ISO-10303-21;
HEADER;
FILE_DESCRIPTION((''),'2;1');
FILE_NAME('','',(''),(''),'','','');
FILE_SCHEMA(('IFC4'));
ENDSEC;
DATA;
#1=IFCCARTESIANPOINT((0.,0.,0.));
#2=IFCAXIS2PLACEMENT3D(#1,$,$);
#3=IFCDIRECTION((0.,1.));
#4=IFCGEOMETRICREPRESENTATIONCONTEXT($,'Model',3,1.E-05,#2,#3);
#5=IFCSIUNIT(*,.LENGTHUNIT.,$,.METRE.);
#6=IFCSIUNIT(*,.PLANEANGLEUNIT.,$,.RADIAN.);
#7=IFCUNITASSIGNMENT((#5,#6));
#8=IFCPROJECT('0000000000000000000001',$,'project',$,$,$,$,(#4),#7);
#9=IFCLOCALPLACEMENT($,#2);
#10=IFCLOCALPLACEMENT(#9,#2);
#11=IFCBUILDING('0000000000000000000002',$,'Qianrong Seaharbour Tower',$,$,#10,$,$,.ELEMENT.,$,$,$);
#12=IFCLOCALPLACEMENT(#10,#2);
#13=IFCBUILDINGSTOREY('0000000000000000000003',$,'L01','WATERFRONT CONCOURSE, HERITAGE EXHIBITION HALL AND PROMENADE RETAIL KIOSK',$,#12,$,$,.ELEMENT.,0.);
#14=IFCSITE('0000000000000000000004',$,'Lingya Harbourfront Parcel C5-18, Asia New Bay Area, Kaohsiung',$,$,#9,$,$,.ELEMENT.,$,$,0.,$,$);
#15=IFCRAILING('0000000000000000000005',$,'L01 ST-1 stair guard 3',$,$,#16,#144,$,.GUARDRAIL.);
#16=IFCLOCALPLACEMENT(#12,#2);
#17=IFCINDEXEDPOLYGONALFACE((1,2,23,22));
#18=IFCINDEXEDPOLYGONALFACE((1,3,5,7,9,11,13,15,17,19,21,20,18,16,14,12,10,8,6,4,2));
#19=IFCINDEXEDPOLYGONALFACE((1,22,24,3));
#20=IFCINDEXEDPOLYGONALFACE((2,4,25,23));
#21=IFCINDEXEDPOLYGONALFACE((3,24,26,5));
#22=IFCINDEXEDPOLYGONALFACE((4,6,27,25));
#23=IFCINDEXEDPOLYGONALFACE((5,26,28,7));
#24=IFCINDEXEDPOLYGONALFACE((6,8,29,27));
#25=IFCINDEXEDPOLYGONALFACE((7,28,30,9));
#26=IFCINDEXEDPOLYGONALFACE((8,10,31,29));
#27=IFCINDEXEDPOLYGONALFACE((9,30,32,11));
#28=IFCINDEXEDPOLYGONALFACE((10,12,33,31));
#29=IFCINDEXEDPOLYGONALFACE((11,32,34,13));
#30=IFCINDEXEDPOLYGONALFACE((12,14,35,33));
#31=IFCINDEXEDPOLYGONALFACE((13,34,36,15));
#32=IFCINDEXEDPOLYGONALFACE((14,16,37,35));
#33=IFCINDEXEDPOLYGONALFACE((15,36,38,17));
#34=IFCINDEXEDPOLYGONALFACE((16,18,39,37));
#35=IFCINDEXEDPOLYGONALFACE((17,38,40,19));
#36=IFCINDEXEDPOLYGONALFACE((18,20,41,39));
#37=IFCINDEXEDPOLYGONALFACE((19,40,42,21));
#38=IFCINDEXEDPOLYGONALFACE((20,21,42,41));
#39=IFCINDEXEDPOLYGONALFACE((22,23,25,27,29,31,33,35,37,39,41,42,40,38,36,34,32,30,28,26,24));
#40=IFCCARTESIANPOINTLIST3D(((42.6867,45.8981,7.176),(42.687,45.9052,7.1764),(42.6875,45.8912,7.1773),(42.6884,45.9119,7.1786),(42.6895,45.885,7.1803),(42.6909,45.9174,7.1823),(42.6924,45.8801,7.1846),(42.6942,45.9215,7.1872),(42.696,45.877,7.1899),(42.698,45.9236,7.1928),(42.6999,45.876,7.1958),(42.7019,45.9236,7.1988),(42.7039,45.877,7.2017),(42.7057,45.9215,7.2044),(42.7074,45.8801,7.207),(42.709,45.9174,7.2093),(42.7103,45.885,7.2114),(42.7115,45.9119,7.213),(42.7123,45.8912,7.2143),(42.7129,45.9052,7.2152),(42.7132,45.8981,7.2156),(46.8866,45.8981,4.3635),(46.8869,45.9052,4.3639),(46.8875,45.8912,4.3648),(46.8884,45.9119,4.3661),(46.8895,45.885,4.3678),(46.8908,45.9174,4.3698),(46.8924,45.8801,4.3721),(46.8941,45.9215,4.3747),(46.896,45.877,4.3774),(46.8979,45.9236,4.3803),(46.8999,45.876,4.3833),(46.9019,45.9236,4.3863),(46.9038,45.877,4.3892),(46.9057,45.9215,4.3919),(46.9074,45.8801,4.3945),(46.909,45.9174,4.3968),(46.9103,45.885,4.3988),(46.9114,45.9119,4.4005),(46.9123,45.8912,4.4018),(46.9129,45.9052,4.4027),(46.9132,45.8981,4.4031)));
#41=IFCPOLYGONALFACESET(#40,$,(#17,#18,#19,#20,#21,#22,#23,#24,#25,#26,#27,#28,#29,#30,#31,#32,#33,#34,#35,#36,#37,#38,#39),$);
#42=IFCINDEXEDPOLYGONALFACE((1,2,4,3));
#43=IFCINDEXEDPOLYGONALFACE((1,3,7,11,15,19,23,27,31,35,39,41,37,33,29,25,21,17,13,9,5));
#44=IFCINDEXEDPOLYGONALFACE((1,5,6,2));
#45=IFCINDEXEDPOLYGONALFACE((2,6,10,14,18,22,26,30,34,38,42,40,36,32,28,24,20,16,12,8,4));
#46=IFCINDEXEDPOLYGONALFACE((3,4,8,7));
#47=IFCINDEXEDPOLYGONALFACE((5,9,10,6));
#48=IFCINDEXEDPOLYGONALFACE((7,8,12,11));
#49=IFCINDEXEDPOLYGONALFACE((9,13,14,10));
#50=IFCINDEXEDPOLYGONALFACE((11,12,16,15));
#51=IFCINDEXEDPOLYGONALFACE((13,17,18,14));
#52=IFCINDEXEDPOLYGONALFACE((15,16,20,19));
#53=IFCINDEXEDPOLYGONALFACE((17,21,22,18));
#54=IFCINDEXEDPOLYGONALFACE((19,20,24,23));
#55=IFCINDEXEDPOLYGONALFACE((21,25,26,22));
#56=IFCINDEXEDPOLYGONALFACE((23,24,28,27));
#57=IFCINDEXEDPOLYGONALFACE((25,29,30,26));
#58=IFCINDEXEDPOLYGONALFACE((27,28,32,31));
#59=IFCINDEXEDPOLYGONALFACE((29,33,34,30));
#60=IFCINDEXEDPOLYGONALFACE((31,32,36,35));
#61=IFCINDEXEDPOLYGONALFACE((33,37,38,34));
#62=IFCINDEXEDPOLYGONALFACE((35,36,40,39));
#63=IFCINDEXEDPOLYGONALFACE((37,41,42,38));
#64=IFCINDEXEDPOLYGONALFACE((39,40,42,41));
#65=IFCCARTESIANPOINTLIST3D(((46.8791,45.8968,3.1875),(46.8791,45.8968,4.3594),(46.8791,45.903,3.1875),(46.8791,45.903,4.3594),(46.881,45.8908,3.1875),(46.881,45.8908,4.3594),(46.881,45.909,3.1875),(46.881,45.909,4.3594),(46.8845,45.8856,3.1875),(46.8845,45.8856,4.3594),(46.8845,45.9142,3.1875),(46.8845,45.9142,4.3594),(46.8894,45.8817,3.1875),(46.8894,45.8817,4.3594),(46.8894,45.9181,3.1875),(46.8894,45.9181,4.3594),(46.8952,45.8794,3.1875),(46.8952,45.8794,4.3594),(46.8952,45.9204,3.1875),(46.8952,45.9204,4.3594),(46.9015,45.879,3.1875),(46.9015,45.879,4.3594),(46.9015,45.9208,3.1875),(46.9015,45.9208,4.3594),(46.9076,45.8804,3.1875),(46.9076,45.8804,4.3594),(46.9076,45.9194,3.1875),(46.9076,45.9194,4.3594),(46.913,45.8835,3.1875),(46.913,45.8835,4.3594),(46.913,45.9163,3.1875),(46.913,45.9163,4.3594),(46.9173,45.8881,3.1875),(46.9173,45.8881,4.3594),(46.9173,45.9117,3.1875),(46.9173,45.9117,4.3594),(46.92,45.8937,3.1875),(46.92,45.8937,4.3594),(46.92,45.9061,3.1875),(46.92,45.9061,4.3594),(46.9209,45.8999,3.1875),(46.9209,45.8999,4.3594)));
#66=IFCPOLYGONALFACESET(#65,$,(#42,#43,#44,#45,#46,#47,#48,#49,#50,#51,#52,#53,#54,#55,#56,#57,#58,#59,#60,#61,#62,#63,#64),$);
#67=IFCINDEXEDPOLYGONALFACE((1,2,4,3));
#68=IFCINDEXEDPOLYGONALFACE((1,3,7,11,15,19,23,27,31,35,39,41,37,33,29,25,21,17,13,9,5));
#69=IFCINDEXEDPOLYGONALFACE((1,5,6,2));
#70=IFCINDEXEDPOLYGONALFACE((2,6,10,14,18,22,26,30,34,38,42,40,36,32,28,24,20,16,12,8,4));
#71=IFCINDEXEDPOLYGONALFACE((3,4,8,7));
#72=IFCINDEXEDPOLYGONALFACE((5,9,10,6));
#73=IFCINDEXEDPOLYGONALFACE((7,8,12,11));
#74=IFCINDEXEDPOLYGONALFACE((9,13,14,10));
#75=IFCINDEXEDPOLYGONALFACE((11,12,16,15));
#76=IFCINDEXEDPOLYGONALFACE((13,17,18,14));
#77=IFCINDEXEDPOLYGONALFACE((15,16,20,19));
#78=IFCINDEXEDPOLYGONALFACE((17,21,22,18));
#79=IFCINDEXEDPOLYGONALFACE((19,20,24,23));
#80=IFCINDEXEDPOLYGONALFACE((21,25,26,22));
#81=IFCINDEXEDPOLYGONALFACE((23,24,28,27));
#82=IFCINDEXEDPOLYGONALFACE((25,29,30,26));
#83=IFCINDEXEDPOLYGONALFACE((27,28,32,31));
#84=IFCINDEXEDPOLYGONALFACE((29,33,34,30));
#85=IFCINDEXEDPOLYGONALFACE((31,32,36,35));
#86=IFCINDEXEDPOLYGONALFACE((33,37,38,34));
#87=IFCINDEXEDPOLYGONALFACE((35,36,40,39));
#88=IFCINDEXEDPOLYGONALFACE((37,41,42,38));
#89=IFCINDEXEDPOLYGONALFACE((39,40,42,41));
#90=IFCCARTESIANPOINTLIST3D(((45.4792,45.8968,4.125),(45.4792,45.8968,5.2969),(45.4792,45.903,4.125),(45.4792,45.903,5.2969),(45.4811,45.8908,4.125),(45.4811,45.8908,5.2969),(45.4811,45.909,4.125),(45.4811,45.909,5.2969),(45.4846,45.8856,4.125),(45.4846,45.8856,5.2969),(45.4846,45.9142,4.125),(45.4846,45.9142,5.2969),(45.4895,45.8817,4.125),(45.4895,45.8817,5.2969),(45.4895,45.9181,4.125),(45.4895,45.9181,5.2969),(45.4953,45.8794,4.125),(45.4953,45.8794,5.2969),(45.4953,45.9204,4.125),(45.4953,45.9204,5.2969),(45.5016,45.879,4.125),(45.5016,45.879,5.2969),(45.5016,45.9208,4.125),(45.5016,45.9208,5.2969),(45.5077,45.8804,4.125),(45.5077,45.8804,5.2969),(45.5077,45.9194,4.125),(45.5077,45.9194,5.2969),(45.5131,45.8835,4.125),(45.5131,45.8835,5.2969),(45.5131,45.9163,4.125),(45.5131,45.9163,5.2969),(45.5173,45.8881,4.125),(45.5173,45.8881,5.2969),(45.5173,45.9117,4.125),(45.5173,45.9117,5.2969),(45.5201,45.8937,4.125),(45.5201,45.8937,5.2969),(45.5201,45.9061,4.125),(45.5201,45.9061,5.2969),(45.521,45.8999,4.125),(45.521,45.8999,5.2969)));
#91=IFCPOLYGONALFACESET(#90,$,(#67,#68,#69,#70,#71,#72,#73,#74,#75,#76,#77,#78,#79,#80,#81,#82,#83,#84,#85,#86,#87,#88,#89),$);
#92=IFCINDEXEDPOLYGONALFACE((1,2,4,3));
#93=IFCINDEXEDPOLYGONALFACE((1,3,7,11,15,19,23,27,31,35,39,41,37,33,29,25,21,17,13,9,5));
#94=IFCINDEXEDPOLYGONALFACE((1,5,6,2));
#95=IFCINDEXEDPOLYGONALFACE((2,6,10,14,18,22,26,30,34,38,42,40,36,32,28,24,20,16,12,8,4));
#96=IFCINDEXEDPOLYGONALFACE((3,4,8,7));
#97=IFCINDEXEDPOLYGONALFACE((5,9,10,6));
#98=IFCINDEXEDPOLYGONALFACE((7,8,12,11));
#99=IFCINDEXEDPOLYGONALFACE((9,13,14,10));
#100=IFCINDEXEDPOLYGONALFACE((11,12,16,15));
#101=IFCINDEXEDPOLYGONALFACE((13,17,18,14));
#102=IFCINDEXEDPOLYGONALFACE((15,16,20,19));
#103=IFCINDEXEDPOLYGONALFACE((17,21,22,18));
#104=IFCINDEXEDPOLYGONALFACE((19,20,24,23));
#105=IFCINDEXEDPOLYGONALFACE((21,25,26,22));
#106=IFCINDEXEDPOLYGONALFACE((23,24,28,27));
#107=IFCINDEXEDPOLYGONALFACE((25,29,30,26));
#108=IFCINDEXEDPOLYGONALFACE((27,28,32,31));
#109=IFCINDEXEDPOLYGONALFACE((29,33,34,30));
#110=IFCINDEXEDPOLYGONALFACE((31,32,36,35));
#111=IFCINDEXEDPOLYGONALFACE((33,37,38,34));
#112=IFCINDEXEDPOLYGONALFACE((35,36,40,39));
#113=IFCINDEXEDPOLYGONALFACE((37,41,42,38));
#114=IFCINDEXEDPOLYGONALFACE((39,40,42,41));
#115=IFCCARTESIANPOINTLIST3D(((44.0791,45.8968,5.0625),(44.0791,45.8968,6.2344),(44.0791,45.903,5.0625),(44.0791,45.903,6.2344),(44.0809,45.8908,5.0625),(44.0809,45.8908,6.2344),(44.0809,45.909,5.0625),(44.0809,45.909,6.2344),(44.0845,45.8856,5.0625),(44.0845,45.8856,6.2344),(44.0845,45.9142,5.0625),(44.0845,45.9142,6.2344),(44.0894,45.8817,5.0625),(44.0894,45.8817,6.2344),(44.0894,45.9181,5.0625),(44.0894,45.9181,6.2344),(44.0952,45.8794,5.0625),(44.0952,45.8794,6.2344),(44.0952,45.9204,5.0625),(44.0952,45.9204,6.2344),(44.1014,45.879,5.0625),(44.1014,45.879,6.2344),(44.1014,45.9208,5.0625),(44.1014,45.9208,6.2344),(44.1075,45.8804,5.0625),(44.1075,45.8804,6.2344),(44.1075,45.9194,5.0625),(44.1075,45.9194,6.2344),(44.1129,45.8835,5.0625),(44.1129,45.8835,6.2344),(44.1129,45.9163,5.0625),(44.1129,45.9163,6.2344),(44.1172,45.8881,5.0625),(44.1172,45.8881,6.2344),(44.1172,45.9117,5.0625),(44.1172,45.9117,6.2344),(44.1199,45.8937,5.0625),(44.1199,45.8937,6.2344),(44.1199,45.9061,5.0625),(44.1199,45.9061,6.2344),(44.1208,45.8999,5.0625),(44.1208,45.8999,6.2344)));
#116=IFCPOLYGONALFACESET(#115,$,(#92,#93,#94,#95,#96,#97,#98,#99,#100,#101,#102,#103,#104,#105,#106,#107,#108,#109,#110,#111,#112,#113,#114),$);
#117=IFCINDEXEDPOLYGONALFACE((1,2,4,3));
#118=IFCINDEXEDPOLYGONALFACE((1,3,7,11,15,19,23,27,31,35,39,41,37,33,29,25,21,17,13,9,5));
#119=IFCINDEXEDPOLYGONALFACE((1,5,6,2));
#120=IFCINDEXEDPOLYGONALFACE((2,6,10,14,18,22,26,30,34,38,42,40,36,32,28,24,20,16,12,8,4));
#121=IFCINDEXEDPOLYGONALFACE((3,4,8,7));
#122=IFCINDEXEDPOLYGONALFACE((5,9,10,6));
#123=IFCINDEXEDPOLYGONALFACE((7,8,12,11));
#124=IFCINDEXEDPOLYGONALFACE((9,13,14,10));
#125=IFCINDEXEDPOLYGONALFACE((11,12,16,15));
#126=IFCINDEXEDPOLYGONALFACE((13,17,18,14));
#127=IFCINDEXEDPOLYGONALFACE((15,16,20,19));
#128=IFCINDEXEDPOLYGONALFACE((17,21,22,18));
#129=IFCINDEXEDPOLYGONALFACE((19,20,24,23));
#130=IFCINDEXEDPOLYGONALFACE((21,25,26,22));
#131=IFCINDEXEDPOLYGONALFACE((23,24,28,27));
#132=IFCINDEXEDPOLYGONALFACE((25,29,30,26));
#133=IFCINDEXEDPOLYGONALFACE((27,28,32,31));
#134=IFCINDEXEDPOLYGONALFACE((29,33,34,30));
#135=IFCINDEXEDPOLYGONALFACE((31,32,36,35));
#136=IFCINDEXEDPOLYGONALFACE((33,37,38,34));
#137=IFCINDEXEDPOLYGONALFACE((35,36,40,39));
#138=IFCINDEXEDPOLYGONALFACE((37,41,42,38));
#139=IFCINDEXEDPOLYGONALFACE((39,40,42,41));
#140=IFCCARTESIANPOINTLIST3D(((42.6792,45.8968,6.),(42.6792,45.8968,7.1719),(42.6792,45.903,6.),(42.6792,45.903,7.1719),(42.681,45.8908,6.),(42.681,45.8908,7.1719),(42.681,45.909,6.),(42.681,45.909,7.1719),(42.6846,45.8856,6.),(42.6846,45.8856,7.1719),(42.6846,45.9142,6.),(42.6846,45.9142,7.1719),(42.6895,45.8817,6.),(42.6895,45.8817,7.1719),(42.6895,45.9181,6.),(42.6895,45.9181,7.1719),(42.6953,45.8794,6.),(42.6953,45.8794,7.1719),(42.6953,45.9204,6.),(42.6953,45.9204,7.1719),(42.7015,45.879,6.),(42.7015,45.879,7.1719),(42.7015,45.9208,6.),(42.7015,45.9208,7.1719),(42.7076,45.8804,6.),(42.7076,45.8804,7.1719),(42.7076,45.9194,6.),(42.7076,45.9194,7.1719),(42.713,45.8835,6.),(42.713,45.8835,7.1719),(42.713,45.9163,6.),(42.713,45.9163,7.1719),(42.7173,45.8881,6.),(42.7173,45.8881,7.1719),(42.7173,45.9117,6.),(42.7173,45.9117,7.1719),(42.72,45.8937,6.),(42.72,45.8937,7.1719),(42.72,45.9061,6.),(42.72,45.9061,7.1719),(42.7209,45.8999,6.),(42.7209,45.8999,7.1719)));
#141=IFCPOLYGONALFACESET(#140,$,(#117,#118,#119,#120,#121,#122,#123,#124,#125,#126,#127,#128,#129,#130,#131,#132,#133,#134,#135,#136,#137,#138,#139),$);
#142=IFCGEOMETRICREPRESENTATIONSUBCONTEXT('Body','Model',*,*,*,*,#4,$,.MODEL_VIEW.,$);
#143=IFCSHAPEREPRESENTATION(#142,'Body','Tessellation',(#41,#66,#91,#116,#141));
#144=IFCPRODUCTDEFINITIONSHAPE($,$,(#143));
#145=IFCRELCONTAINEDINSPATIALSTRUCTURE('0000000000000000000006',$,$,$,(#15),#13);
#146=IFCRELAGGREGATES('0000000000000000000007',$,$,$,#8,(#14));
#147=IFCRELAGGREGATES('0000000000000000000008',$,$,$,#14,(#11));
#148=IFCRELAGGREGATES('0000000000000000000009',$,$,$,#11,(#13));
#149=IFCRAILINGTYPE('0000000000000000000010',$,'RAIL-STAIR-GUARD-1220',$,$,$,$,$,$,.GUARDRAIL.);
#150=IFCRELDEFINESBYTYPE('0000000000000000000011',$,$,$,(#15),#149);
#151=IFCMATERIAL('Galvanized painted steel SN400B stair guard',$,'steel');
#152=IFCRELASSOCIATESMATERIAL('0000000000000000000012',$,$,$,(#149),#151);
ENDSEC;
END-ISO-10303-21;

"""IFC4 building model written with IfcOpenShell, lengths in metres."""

from ifc_helpers import new_model, si_unit, direction, frame, origin, origin_2d, place, context, subcontext, project, spatial, circle, extrude, material, type_object, element, save


model = new_model("IFC4")

# Units and contexts
model_context = context("Model", 3, precision=1e-05, world=origin(), true_north=direction((0.0, 1.0)))
body_context = subcontext(model_context, "Body", "Model", "MODEL_VIEW")
ifc_project = project(units=[si_unit("LENGTHUNIT", "METRE"), si_unit("PLANEANGLEUNIT", "RADIAN")], contexts=[model_context])

# Site, building, storey
site_placement = place(None, origin())
site = spatial("IfcSite", under=ifc_project, at=site_placement, Name="Lingya Harbourfront Parcel C5-18, Asia New Bay Area, Kaohsiung", CompositionType="ELEMENT", RefElevation=0.0)
building_placement = place(site_placement, origin())
building = spatial("IfcBuilding", under=site, at=building_placement, Name="Qianrong Seaharbour Tower", CompositionType="ELEMENT")
storey_placement = place(building_placement, origin())
storey = spatial("IfcBuildingStorey", under=building, at=storey_placement, Name="L01", Description="WATERFRONT CONCOURSE, HERITAGE EXHIBITION HALL AND PROMENADE RETAIL KIOSK", CompositionType="ELEMENT", Elevation=0.0)

# Railing
ifc_material_1 = material(Name="Galvanized painted steel SN400B stair guard", Category="steel")
railing_type_1 = type_object("IfcRailingType", Name="RAIL-STAIR-GUARD-1220", PredefinedType="GUARDRAIL", material=ifc_material_1)
railing_1_placement = place(storey_placement, frame((46.8999, 45.8999, 3.1875)))
element("IfcRailing", 1, at=railing_1_placement, inside=storey, type_object=railing_type_1, Name="L01 ST-1 stair guard 3", PredefinedType="GUARDRAIL", context=body_context, shape_type="SweptSolid", body=[
    extrude(circle(Radius=0.0239, at=origin_2d()), frame((0.0, 0.0, 1.1958), z_axis=(-0.830904, 0.0, 0.556416), x_axis=(0.0, -1.0, 0.0)), (0.0, 0.0, 1.0), 5.0547),
    extrude(circle(Radius=0.021, at=origin_2d()), origin(), (0.0, 0.0, 1.0), 1.1719),
    extrude(circle(Radius=0.021, at=origin_2d()), frame((-1.3999, 0.0, 0.9375)), (0.0, 0.0, 1.0), 1.1719),
    extrude(circle(Radius=0.021, at=origin_2d()), frame((-2.8, 0.0, 1.875)), (0.0, 0.0, 1.0), 1.1719),
    extrude(circle(Radius=0.021, at=origin_2d()), frame((-4.2, 0.0, 2.8125)), (0.0, 0.0, 1.0), 1.1719),
])

save(model, "model.ifc")
